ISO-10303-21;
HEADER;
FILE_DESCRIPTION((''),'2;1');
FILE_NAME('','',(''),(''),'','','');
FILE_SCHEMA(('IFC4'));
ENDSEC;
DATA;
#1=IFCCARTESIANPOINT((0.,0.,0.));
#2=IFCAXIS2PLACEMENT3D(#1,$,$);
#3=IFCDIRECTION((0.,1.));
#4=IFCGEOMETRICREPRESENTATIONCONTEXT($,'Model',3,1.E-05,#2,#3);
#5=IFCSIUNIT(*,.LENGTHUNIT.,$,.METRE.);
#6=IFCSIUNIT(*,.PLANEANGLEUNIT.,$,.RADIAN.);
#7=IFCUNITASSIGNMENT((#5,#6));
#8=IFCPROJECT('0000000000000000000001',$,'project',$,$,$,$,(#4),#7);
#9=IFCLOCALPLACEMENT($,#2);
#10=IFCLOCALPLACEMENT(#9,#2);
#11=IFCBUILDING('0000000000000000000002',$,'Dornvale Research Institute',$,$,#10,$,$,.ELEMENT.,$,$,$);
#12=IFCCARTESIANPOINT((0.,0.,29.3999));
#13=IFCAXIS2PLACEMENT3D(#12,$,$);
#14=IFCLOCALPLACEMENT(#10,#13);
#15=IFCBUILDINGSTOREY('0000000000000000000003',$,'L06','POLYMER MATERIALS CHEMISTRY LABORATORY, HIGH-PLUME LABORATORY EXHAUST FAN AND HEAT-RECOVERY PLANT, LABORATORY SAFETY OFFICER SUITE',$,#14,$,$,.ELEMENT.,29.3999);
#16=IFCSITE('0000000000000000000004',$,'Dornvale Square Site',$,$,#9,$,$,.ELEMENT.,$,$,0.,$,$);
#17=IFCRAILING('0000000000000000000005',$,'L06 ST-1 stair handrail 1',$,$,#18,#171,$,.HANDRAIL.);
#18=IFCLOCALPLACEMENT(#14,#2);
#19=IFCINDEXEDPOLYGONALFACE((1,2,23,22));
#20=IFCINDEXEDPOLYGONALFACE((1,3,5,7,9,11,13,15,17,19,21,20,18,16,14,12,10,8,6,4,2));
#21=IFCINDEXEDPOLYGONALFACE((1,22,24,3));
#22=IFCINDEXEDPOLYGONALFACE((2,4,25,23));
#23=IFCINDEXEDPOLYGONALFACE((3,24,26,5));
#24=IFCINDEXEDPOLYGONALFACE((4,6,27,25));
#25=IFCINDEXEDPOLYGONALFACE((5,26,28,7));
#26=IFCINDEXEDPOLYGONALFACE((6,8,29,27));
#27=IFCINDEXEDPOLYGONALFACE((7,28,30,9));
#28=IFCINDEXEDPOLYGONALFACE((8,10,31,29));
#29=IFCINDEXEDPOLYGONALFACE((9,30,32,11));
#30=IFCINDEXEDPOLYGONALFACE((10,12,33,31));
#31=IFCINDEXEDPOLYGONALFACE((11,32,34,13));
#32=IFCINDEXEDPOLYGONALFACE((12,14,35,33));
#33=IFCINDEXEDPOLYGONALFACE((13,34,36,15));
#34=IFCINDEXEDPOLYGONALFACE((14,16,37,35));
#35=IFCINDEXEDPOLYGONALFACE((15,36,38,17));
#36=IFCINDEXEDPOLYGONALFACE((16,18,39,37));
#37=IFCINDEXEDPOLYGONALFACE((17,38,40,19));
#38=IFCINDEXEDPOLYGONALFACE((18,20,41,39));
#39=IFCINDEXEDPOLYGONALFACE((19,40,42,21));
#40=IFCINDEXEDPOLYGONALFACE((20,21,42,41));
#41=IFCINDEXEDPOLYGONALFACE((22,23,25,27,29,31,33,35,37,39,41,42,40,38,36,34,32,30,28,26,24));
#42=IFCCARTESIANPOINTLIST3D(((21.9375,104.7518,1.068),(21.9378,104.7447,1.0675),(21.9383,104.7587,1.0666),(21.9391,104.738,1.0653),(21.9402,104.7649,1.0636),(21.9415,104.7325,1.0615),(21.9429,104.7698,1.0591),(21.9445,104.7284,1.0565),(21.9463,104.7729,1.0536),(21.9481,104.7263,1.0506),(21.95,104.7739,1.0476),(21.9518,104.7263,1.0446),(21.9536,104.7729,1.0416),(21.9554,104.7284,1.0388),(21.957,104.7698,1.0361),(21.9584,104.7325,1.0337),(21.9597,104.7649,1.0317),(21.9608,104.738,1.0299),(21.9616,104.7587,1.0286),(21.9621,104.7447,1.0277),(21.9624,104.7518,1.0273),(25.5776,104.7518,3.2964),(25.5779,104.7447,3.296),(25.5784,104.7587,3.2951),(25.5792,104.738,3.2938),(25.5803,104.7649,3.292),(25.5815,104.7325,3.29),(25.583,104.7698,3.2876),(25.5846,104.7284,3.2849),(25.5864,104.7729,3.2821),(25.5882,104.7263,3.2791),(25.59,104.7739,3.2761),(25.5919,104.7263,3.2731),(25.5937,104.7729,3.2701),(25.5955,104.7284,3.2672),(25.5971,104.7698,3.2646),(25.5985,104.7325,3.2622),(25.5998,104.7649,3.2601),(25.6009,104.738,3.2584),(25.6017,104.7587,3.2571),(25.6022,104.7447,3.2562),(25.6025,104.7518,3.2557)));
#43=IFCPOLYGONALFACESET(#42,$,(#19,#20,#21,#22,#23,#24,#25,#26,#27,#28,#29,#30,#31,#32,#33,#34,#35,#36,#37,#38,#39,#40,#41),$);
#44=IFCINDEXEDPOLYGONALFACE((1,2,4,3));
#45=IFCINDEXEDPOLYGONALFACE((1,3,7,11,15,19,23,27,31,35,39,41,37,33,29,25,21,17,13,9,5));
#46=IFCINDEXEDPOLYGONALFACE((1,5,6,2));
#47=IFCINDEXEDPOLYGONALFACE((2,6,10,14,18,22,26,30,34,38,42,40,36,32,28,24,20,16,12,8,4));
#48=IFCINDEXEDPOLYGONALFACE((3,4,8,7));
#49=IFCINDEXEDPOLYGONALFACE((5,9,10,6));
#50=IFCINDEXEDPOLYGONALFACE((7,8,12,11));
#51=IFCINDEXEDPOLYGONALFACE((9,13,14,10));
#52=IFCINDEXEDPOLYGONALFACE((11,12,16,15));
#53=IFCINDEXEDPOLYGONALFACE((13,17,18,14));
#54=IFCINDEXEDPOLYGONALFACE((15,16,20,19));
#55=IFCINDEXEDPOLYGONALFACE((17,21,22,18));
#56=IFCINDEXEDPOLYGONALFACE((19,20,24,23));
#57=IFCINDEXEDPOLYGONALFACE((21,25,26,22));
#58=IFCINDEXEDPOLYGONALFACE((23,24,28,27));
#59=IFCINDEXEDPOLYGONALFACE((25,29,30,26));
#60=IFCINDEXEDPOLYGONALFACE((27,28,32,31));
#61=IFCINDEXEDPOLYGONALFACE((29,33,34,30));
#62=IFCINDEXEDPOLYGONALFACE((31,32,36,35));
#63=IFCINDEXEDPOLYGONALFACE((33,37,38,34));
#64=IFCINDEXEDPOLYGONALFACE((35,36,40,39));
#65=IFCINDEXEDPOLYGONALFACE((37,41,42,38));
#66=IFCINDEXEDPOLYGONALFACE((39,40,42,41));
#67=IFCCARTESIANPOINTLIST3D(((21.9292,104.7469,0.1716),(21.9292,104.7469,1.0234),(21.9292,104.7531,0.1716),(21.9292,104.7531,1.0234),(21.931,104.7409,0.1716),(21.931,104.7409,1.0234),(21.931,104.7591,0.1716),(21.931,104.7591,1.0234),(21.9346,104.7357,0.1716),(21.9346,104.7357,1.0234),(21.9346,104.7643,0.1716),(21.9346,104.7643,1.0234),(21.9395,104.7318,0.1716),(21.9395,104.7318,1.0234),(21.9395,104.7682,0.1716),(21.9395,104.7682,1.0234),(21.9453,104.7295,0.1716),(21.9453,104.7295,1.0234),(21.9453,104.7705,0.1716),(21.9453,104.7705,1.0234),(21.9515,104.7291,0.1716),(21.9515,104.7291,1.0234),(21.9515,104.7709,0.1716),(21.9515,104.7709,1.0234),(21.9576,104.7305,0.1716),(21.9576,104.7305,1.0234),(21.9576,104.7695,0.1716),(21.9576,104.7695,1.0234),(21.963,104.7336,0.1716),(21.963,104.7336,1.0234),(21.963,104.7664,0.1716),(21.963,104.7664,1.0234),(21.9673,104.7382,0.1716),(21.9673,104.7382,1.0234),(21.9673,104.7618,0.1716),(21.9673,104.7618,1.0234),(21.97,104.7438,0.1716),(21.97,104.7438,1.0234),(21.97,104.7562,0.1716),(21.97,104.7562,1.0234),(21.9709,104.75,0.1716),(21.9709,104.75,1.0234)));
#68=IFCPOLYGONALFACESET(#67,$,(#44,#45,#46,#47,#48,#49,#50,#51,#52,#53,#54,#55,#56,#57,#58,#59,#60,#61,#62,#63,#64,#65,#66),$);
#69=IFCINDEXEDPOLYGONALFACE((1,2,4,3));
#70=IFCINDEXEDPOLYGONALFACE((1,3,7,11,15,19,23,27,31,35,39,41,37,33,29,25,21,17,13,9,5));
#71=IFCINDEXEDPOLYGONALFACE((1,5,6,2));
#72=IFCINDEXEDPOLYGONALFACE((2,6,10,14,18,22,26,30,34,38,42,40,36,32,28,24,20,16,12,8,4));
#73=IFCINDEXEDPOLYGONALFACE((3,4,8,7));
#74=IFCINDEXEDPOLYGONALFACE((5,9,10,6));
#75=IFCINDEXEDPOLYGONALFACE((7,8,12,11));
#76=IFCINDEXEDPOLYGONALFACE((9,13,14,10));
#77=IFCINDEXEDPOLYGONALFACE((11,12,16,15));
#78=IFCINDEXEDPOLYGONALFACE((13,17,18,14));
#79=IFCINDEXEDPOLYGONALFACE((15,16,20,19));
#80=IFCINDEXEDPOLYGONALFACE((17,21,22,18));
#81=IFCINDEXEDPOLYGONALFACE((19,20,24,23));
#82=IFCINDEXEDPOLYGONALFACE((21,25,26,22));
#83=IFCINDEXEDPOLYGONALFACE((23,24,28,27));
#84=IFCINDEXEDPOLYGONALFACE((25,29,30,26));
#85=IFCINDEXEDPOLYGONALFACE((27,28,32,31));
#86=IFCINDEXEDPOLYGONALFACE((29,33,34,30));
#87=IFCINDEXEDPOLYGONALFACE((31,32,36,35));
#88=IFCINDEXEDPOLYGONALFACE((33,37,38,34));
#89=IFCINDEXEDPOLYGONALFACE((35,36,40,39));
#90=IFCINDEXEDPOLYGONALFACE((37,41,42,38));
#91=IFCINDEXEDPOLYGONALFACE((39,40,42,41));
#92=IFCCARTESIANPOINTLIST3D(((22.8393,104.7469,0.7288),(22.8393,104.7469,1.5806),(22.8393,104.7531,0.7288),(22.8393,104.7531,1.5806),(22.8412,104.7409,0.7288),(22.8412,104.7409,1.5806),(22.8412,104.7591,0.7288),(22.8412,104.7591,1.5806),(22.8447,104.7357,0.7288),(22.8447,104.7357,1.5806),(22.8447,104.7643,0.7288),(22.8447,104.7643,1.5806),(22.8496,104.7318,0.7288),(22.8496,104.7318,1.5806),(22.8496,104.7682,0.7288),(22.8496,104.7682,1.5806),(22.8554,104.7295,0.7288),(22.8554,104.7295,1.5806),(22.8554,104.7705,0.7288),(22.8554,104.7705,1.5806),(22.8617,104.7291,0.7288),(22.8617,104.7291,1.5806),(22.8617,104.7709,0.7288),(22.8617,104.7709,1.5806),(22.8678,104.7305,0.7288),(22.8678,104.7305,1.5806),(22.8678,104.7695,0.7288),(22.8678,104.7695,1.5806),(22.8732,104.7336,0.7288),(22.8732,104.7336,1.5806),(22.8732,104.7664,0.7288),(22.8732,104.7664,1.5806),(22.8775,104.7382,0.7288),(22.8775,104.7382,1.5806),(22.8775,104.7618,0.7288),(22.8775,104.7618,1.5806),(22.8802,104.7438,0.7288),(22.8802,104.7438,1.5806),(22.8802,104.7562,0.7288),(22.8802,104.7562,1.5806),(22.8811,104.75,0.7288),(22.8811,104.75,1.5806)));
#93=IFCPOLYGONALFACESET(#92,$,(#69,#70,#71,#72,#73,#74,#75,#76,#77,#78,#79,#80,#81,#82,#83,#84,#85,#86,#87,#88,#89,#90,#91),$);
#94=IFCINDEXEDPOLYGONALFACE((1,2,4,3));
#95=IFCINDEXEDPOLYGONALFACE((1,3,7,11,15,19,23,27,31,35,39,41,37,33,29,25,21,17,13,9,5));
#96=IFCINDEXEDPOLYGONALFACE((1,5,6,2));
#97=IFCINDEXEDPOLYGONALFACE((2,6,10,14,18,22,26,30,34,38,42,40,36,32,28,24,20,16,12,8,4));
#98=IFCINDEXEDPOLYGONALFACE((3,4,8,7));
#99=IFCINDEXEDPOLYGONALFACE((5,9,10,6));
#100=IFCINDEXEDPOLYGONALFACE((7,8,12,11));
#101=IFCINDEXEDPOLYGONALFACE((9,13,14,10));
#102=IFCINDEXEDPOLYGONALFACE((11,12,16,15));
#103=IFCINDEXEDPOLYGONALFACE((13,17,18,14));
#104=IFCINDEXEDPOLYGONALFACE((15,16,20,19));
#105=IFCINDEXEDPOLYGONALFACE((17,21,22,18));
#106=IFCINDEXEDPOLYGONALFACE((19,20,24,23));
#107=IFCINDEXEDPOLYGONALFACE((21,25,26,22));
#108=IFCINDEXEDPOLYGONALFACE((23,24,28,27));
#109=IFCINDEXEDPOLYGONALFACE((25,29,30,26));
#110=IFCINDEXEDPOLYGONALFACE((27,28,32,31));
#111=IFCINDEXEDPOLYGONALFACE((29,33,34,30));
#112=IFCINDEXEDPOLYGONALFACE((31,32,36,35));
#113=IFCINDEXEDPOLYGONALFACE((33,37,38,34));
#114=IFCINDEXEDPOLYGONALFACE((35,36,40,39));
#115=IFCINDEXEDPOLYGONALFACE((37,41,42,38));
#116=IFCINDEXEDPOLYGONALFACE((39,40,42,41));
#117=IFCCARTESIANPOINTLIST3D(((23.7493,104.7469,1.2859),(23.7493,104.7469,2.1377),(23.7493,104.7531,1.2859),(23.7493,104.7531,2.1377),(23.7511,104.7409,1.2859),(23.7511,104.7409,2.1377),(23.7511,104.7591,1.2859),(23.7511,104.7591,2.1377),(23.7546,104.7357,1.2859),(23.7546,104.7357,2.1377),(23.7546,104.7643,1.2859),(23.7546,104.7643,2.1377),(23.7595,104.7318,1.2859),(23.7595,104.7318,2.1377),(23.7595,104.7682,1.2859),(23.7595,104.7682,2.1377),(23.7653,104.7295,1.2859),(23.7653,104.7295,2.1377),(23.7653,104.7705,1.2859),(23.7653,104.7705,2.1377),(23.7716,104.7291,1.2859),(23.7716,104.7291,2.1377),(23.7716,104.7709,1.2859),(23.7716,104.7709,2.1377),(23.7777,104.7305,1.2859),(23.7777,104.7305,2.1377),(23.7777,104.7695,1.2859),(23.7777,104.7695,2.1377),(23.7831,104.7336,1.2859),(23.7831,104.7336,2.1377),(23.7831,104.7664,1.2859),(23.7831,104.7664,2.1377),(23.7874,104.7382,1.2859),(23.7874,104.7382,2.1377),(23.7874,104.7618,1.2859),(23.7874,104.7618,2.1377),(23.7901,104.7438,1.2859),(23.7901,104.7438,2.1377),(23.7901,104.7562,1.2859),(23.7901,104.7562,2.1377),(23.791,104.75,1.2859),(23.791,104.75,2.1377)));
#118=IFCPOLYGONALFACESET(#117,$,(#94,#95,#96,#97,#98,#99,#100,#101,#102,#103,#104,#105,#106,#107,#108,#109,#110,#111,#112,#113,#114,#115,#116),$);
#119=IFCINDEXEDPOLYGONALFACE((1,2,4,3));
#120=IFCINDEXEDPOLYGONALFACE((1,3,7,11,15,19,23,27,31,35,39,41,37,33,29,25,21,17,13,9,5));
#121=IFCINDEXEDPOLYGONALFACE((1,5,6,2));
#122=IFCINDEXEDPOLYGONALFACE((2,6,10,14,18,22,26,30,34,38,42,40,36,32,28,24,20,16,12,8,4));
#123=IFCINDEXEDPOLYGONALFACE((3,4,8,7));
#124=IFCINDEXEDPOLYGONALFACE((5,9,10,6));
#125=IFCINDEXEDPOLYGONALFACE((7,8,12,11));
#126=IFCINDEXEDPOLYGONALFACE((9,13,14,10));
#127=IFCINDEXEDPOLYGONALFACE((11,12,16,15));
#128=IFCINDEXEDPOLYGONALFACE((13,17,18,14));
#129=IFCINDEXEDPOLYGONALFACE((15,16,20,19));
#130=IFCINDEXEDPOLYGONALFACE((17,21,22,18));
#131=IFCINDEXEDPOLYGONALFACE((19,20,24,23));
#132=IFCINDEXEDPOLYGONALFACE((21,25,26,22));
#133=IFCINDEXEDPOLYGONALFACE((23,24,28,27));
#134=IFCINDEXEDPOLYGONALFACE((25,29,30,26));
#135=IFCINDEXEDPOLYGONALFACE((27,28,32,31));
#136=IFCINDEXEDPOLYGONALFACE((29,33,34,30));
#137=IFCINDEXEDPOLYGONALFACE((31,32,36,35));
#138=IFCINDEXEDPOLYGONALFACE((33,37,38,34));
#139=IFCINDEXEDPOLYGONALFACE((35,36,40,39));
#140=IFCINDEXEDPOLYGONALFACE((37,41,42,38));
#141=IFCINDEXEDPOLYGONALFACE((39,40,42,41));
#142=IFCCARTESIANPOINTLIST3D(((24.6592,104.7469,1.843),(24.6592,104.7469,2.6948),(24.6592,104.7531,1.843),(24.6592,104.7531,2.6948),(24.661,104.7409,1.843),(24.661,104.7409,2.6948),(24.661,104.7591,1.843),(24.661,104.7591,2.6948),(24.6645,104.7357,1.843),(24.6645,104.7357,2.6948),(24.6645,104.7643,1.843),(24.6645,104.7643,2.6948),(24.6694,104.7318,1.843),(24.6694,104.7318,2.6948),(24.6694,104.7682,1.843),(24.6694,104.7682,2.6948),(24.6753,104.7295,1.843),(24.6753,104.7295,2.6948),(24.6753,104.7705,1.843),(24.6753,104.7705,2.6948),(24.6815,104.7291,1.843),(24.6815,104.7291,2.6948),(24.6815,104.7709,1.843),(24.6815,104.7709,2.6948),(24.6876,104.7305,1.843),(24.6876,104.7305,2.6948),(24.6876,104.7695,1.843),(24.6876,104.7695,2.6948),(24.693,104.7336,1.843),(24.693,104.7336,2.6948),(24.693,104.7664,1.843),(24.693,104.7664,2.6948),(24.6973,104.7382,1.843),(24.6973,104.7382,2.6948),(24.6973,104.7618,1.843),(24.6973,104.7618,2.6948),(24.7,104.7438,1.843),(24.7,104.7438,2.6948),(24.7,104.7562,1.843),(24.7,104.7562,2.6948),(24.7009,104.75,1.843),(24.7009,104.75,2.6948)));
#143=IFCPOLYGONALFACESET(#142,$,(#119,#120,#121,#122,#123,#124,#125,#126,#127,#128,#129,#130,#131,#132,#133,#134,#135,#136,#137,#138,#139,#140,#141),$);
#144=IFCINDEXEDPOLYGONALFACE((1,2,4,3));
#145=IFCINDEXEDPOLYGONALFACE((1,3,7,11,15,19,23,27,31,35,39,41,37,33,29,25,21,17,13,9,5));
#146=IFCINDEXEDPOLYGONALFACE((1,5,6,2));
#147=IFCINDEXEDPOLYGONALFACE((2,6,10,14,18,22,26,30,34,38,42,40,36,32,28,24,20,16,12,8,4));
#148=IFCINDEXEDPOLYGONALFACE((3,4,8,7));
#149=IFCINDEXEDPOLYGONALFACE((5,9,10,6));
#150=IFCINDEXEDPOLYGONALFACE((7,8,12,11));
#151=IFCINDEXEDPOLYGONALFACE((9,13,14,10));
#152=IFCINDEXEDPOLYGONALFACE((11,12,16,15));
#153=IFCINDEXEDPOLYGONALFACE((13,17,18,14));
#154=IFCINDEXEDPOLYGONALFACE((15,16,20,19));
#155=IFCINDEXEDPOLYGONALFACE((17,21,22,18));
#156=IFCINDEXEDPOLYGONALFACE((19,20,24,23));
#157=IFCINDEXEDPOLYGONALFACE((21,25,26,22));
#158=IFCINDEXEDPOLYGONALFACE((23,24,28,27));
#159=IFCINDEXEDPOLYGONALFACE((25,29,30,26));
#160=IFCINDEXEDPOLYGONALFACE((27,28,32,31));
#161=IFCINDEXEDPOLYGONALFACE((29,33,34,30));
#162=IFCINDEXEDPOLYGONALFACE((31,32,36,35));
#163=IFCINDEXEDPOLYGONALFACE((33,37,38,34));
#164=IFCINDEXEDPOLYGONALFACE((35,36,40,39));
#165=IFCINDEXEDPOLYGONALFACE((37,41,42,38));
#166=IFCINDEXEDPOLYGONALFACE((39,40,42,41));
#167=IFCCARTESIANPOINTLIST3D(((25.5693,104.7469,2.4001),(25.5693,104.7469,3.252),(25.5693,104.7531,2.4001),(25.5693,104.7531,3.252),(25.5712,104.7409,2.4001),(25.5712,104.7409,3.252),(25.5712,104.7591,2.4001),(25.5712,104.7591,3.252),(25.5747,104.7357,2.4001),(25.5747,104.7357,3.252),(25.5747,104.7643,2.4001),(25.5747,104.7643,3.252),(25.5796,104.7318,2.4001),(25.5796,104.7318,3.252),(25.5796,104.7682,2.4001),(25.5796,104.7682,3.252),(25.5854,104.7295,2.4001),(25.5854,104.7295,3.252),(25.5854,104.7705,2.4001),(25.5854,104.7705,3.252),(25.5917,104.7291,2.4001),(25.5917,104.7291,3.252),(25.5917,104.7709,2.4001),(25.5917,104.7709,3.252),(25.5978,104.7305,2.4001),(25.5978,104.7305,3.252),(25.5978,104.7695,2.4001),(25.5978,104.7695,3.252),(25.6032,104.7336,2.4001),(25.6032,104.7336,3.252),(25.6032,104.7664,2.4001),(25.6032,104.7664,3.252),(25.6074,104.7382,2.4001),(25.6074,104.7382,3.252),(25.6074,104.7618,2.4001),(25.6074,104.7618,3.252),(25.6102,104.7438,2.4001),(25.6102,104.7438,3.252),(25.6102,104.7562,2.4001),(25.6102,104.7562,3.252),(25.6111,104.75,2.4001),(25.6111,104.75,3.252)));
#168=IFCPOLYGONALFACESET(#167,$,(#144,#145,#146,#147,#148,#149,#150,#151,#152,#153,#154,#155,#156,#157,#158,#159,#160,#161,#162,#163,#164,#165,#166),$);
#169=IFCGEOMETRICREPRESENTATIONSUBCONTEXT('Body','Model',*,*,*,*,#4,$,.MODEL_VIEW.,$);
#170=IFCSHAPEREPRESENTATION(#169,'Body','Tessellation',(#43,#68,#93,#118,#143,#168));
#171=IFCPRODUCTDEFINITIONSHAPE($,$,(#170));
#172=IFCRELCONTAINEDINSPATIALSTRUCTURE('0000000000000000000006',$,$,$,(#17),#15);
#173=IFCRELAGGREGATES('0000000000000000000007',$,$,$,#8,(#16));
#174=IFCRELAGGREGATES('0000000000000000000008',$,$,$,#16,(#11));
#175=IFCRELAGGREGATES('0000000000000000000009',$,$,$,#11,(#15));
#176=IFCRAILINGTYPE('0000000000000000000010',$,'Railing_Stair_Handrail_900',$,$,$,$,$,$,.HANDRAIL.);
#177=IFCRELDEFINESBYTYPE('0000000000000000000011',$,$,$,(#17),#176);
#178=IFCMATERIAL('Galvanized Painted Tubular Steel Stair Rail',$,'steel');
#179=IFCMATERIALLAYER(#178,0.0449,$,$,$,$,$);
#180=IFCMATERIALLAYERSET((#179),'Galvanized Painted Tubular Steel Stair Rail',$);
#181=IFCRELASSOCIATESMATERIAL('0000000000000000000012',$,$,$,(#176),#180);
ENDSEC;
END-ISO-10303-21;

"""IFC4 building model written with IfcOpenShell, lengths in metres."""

from ifc_helpers import new_model, si_unit, direction, frame, origin, origin_2d, place, context, subcontext, project, spatial, circle, extrude, material, layer, layer_set, type_object, element, save


model = new_model("IFC4")

# Units and contexts
model_context = context("Model", 3, precision=1e-05, world=origin(), true_north=direction((0.0, 1.0)))
body_context = subcontext(model_context, "Body", "Model", "MODEL_VIEW")
ifc_project = project(units=[si_unit("LENGTHUNIT", "METRE"), si_unit("PLANEANGLEUNIT", "RADIAN")], contexts=[model_context])

# Site, building, storey
site_placement = place(None, origin())
site = spatial("IfcSite", under=ifc_project, at=site_placement, Name="Dornvale Square Site", CompositionType="ELEMENT", RefElevation=0.0)
building_placement = place(site_placement, origin())
building = spatial("IfcBuilding", under=site, at=building_placement, Name="Dornvale Research Institute", CompositionType="ELEMENT")
storey_placement = place(building_placement, frame((0.0, 0.0, 29.3999)))
storey = spatial("IfcBuildingStorey", under=building, at=storey_placement, Name="L06", Description="POLYMER MATERIALS CHEMISTRY LABORATORY, HIGH-PLUME LABORATORY EXHAUST FAN AND HEAT-RECOVERY PLANT, LABORATORY SAFETY OFFICER SUITE", CompositionType="ELEMENT", Elevation=29.3999)

# Railing
ifc_material_1 = material(Name="Galvanized Painted Tubular Steel Stair Rail", Category="steel")
ifc_layer_1 = layer(ifc_material_1, 0.0449)
ifc_layer_set_1 = layer_set([ifc_layer_1], Name="Galvanized Painted Tubular Steel Stair Rail")
railing_type_1 = type_object("IfcRailingType", Name="Railing_Stair_Handrail_900", PredefinedType="HANDRAIL", material=ifc_layer_set_1)
railing_1_placement = place(storey_placement, frame((21.95, 104.75, 0.1716)))
element("IfcRailing", 1, at=railing_1_placement, inside=storey, type_object=railing_type_1, Name="L06 ST-1 stair handrail 1", PredefinedType="HANDRAIL", context=body_context, shape_type="SweptSolid", body=[
    extrude(circle(Radius=0.0239, at=origin_2d()), frame((0.0, 0.0, 0.876), z_axis=(0.852866, 0.0, 0.52213), x_axis=(0.0, 1.0, 0.0)), (0.0, 0.0, 1.0), 4.2681),
    extrude(circle(Radius=0.021, at=origin_2d()), origin(), (0.0, 0.0, 1.0), 0.8518),
    extrude(circle(Radius=0.021, at=origin_2d()), frame((0.9102, 0.0, 0.5571)), (0.0, 0.0, 1.0), 0.8518),
    extrude(circle(Radius=0.021, at=origin_2d()), frame((1.8201, 0.0, 1.1143)), (0.0, 0.0, 1.0), 0.8518),
    extrude(circle(Radius=0.021, at=origin_2d()), frame((2.73, 0.0, 1.6714)), (0.0, 0.0, 1.0), 0.8518),
    extrude(circle(Radius=0.021, at=origin_2d()), frame((3.6401, 0.0, 2.2285)), (0.0, 0.0, 1.0), 0.8518),
])

save(model, "model.ifc")
